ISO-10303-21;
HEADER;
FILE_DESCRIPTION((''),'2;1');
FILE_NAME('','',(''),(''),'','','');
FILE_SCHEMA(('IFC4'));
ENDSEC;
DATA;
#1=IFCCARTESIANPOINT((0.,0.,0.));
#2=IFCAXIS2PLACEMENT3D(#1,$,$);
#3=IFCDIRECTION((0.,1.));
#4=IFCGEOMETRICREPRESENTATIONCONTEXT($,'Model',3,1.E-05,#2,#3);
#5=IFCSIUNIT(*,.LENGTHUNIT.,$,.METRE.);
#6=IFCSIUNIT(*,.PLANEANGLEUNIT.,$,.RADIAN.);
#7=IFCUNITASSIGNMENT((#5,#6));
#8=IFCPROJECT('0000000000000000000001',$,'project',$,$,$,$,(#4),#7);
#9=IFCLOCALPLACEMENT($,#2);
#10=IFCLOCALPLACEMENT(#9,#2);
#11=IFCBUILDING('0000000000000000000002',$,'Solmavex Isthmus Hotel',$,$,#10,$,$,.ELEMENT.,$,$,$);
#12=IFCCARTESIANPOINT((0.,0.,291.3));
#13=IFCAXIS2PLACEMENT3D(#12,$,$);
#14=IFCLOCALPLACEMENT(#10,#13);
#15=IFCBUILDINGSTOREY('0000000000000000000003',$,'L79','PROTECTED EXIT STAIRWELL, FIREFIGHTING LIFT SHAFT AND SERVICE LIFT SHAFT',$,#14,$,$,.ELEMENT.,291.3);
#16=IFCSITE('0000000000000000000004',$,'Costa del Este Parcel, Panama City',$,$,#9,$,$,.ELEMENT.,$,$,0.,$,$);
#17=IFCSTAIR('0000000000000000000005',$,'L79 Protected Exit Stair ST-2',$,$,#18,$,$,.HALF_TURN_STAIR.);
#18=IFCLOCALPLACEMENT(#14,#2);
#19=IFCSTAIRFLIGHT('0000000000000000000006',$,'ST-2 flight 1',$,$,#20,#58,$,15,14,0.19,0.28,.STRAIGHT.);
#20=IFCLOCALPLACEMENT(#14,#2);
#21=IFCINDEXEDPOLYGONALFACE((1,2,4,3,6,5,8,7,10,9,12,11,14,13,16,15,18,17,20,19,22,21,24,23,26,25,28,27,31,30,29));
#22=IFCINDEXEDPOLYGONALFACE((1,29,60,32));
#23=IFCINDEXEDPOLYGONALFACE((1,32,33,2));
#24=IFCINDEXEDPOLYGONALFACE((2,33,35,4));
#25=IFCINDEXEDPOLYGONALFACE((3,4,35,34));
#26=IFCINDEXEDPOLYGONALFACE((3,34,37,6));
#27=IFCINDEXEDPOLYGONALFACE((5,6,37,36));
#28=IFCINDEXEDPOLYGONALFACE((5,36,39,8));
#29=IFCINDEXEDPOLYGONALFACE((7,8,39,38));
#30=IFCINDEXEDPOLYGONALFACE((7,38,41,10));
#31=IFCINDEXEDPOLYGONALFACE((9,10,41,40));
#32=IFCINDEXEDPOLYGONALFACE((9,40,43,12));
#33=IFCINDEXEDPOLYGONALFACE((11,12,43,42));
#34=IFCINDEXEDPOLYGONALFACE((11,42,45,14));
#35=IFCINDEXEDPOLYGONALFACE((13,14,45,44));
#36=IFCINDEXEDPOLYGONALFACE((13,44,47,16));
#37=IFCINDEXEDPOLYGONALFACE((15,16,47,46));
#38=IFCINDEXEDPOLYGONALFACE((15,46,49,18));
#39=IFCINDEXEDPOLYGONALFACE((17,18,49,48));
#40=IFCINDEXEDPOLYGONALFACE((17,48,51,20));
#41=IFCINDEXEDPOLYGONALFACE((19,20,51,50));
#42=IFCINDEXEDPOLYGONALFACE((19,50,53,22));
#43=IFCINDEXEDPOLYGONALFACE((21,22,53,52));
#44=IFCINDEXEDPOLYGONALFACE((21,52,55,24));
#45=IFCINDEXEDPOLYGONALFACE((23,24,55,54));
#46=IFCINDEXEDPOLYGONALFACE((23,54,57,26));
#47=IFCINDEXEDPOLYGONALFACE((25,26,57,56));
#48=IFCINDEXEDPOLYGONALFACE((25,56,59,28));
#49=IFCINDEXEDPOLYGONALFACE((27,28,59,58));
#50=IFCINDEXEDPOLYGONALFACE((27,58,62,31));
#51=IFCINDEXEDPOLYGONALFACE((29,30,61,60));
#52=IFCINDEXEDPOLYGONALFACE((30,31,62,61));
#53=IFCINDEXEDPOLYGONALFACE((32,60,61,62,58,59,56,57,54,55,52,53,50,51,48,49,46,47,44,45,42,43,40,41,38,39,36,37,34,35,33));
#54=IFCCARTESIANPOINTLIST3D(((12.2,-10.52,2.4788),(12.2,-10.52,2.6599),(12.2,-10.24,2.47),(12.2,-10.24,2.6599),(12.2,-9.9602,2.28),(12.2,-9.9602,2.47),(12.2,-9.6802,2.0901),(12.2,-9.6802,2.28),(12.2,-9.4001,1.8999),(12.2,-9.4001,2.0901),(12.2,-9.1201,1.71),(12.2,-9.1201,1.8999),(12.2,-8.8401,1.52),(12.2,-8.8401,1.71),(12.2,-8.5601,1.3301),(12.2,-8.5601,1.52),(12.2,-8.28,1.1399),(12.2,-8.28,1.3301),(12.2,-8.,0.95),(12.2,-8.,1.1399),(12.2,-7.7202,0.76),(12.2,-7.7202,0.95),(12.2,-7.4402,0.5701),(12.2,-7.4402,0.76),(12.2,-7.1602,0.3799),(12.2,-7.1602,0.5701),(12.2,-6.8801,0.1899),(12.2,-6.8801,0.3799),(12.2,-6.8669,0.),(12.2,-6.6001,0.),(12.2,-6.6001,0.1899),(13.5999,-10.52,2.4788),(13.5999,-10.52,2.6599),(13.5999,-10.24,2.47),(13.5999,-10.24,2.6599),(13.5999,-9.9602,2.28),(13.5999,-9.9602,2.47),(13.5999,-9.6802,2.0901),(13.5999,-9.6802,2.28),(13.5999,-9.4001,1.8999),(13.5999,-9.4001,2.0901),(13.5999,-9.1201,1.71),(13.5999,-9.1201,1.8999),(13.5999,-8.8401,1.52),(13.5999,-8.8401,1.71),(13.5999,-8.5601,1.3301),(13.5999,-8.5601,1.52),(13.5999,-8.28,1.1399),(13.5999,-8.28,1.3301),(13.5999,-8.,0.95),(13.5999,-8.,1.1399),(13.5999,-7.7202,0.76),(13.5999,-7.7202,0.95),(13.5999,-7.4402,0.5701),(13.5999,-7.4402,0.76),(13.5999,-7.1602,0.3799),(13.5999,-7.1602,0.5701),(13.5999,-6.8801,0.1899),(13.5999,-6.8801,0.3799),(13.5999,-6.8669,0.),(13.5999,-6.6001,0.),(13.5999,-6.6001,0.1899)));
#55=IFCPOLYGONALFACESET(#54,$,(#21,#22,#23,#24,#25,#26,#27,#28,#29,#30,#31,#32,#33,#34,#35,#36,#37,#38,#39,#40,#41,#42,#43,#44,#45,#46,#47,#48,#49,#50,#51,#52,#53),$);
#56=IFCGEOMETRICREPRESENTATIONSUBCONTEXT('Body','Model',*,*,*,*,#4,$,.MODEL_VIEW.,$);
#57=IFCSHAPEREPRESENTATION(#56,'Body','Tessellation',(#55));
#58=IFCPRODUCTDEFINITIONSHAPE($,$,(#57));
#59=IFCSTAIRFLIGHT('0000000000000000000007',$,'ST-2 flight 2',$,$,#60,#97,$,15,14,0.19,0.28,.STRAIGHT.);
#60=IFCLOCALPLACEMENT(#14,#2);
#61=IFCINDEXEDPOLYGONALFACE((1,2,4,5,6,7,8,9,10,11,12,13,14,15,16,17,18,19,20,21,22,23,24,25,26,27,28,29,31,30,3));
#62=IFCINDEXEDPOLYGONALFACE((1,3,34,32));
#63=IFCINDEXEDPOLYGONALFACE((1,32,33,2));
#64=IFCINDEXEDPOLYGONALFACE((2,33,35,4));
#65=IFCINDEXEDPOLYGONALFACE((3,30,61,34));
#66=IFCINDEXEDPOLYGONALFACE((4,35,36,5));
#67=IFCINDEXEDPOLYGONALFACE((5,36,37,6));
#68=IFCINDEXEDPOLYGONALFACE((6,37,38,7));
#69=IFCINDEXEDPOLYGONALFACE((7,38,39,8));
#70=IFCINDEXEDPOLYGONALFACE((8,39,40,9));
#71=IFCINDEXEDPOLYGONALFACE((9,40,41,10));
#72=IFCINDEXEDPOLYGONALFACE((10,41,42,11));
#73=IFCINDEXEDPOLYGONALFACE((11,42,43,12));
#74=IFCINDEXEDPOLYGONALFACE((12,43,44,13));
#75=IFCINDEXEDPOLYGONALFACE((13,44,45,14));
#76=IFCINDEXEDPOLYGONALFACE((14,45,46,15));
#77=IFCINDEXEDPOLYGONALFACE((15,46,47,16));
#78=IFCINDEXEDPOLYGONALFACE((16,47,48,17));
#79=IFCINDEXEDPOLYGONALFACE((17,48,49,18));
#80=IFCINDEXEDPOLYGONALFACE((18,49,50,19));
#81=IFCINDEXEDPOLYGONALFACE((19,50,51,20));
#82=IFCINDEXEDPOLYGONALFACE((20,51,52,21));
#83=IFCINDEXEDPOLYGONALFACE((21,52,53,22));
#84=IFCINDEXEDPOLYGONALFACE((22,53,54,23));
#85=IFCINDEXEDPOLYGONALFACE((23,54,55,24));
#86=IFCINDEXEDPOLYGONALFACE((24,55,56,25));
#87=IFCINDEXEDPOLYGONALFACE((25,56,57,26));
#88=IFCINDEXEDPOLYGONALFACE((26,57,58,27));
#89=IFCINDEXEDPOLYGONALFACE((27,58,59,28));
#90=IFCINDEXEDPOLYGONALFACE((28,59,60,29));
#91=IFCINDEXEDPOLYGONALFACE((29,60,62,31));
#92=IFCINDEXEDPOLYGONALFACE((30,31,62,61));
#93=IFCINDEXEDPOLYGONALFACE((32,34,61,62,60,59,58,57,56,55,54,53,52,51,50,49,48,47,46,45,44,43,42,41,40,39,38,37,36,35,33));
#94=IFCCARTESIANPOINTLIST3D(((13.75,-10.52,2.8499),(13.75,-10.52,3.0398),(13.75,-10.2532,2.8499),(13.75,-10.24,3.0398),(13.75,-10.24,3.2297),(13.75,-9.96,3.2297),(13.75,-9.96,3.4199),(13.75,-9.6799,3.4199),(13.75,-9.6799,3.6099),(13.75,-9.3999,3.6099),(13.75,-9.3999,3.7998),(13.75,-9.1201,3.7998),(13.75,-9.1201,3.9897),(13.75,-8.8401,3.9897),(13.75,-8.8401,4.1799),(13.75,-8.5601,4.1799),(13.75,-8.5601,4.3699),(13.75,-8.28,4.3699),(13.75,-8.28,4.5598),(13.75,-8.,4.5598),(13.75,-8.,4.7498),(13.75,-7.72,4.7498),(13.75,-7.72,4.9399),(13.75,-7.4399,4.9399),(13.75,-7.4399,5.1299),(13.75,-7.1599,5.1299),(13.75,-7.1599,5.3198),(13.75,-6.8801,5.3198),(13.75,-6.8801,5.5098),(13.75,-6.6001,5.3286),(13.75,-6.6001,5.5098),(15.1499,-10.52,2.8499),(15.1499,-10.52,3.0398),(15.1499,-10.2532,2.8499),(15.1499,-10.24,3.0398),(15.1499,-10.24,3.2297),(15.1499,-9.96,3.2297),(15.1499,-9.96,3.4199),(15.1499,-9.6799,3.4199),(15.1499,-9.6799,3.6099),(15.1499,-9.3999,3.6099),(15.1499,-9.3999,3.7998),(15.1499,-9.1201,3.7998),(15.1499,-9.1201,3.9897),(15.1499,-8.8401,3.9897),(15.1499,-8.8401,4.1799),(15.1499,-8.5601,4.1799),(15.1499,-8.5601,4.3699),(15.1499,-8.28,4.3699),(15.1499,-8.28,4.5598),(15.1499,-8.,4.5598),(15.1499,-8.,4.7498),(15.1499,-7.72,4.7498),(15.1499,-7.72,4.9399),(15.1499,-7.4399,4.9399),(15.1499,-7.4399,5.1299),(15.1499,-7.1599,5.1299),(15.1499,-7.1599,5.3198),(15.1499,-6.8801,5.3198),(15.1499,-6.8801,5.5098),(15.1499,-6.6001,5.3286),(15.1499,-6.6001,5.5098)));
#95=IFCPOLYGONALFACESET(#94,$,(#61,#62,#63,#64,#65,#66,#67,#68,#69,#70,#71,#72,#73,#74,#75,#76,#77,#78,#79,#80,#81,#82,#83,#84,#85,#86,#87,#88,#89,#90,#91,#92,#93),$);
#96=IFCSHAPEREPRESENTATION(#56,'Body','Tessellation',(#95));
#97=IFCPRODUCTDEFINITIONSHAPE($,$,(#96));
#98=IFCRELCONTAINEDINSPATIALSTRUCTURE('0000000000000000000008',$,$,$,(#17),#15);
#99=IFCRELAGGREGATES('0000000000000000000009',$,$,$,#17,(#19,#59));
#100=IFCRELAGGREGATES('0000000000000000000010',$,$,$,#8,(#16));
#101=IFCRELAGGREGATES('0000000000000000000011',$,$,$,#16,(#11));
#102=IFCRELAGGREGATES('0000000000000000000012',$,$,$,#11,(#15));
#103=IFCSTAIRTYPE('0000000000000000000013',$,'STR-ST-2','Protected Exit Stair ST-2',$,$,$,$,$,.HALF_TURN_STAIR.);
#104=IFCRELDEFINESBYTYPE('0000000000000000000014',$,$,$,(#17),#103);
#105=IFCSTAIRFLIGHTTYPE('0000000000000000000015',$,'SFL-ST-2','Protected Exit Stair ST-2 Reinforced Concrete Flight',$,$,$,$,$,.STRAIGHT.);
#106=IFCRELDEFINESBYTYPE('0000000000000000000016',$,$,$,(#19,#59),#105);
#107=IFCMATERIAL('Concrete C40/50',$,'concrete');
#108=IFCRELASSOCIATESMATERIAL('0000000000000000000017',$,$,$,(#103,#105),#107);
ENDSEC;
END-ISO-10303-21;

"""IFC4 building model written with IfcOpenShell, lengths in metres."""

from ifc_helpers import new_model, si_unit, direction, frame, origin, place, context, subcontext, project, spatial, polyline, outline, extrude, material, type_object, element, aggregate, save


model = new_model("IFC4")

# Units and contexts
model_context = context("Model", 3, precision=1e-05, world=origin(), true_north=direction((0.0, 1.0)))
body_context = subcontext(model_context, "Body", "Model", "MODEL_VIEW")
ifc_project = project(units=[si_unit("LENGTHUNIT", "METRE"), si_unit("PLANEANGLEUNIT", "RADIAN")], contexts=[model_context])

# Site, building, storey
site_placement = place(None, origin())
site = spatial("IfcSite", under=ifc_project, at=site_placement, Name="Costa del Este Parcel, Panama City", CompositionType="ELEMENT", RefElevation=0.0)
building_placement = place(site_placement, origin())
building = spatial("IfcBuilding", under=site, at=building_placement, Name="Solmavex Isthmus Hotel", CompositionType="ELEMENT")
storey_placement = place(building_placement, frame((0.0, 0.0, 291.3)))
storey = spatial("IfcBuildingStorey", under=building, at=storey_placement, Name="L79", Description="PROTECTED EXIT STAIRWELL, FIREFIGHTING LIFT SHAFT AND SERVICE LIFT SHAFT", CompositionType="ELEMENT", Elevation=291.3)

# Shared definitions
ifc_material_1 = material(Name="Concrete C40/50", Category="concrete")

# Stair, stair flights
stair_type = type_object("IfcStairType", Name="STR-ST-2", Description="Protected Exit Stair ST-2", PredefinedType="HALF_TURN_STAIR", material=ifc_material_1)
stair_placement = place(storey_placement, origin())
stair = element("IfcStair", 1, at=stair_placement, inside=storey, type_object=stair_type, Name="L79 Protected Exit Stair ST-2", PredefinedType="HALF_TURN_STAIR")
stair_flight_type = type_object("IfcStairFlightType", Name="SFL-ST-2", Description="Protected Exit Stair ST-2 Reinforced Concrete Flight", PredefinedType="STRAIGHT", material=ifc_material_1)
stair_flight_1_placement = place(storey_placement, frame((12.8999, -6.6001, 0.0), z_axis=(0.0, 0.0, 1.0), x_axis=(0.0, -1.0, 0.0)))
stair_flight_1 = element("IfcStairFlight", 2, at=stair_flight_1_placement, type_object=stair_flight_type, Name="ST-2 flight 1", NumberOfRisers=15, NumberOfTreads=14, PredefinedType="STRAIGHT", RiserHeight=0.19, TreadLength=0.28, context=body_context, shape_type="SweptSolid", body=[
    extrude(outline(polyline([(0.0, 0.0), (0.0, 0.1899), (0.28, 0.1899), (0.28, 0.3799), (0.5601, 0.3799), (0.5601, 0.5701), (0.8401, 0.5701), (0.8401, 0.76), (1.1201, 0.76), (1.1201, 0.95), (1.3999, 0.95), (1.3999, 1.1399), (1.6799, 1.1399), (1.6799, 1.3301), (1.96, 1.3301), (1.96, 1.52), (2.24, 1.52), (2.24, 1.71), (2.52, 1.71), (2.52, 1.8999), (2.8, 1.8999), (2.8, 2.0901), (3.0801, 2.0901), (3.0801, 2.28), (3.3601, 2.28), (3.3601, 2.47), (3.6399, 2.47), (3.6399, 2.6599), (3.9199, 2.6599), (3.9199, 2.8501), (3.9199, 2.4788), (0.2668, 0.0), (0.0, 0.0)])), frame((0.0, 0.7, 0.0), z_axis=(0.0, -1.0, 0.0), x_axis=(1.0, 0.0, 0.0)), (0.0, 0.0, 1.0), 1.3999),
])
stair_flight_2_placement = place(storey_placement, frame((14.45, -10.52, 2.8499), z_axis=(0.0, 0.0, 1.0), x_axis=(0.0, 1.0, 0.0)))
stair_flight_2 = element("IfcStairFlight", 3, at=stair_flight_2_placement, type_object=stair_flight_type, Name="ST-2 flight 2", NumberOfRisers=15, NumberOfTreads=14, PredefinedType="STRAIGHT", RiserHeight=0.19, TreadLength=0.28, context=body_context, shape_type="SweptSolid", body=[
    extrude(outline(polyline([(0.0, 0.0), (0.0, 0.1899), (0.28, 0.1899), (0.28, 0.3799), (0.5601, 0.3799), (0.5601, 0.5701), (0.8401, 0.5701), (0.8401, 0.76), (1.1201, 0.76), (1.1201, 0.95), (1.3999, 0.95), (1.3999, 1.1399), (1.6799, 1.1399), (1.6799, 1.3301), (1.96, 1.3301), (1.96, 1.52), (2.24, 1.52), (2.24, 1.71), (2.52, 1.71), (2.52, 1.8999), (2.8, 1.8999), (2.8, 2.0901), (3.0801, 2.0901), (3.0801, 2.28), (3.3601, 2.28), (3.3601, 2.47), (3.6399, 2.47), (3.6399, 2.6599), (3.9199, 2.6599), (3.9199, 2.8501), (3.9199, 2.4788), (0.2668, 0.0), (0.0, 0.0)])), frame((0.0, 0.7, 0.0), z_axis=(0.0, -1.0, 0.0), x_axis=(1.0, 0.0, 0.0)), (0.0, 0.0, 1.0), 1.3999),
])
aggregate(stair, [stair_flight_1, stair_flight_2])

save(model, "model.ifc")
